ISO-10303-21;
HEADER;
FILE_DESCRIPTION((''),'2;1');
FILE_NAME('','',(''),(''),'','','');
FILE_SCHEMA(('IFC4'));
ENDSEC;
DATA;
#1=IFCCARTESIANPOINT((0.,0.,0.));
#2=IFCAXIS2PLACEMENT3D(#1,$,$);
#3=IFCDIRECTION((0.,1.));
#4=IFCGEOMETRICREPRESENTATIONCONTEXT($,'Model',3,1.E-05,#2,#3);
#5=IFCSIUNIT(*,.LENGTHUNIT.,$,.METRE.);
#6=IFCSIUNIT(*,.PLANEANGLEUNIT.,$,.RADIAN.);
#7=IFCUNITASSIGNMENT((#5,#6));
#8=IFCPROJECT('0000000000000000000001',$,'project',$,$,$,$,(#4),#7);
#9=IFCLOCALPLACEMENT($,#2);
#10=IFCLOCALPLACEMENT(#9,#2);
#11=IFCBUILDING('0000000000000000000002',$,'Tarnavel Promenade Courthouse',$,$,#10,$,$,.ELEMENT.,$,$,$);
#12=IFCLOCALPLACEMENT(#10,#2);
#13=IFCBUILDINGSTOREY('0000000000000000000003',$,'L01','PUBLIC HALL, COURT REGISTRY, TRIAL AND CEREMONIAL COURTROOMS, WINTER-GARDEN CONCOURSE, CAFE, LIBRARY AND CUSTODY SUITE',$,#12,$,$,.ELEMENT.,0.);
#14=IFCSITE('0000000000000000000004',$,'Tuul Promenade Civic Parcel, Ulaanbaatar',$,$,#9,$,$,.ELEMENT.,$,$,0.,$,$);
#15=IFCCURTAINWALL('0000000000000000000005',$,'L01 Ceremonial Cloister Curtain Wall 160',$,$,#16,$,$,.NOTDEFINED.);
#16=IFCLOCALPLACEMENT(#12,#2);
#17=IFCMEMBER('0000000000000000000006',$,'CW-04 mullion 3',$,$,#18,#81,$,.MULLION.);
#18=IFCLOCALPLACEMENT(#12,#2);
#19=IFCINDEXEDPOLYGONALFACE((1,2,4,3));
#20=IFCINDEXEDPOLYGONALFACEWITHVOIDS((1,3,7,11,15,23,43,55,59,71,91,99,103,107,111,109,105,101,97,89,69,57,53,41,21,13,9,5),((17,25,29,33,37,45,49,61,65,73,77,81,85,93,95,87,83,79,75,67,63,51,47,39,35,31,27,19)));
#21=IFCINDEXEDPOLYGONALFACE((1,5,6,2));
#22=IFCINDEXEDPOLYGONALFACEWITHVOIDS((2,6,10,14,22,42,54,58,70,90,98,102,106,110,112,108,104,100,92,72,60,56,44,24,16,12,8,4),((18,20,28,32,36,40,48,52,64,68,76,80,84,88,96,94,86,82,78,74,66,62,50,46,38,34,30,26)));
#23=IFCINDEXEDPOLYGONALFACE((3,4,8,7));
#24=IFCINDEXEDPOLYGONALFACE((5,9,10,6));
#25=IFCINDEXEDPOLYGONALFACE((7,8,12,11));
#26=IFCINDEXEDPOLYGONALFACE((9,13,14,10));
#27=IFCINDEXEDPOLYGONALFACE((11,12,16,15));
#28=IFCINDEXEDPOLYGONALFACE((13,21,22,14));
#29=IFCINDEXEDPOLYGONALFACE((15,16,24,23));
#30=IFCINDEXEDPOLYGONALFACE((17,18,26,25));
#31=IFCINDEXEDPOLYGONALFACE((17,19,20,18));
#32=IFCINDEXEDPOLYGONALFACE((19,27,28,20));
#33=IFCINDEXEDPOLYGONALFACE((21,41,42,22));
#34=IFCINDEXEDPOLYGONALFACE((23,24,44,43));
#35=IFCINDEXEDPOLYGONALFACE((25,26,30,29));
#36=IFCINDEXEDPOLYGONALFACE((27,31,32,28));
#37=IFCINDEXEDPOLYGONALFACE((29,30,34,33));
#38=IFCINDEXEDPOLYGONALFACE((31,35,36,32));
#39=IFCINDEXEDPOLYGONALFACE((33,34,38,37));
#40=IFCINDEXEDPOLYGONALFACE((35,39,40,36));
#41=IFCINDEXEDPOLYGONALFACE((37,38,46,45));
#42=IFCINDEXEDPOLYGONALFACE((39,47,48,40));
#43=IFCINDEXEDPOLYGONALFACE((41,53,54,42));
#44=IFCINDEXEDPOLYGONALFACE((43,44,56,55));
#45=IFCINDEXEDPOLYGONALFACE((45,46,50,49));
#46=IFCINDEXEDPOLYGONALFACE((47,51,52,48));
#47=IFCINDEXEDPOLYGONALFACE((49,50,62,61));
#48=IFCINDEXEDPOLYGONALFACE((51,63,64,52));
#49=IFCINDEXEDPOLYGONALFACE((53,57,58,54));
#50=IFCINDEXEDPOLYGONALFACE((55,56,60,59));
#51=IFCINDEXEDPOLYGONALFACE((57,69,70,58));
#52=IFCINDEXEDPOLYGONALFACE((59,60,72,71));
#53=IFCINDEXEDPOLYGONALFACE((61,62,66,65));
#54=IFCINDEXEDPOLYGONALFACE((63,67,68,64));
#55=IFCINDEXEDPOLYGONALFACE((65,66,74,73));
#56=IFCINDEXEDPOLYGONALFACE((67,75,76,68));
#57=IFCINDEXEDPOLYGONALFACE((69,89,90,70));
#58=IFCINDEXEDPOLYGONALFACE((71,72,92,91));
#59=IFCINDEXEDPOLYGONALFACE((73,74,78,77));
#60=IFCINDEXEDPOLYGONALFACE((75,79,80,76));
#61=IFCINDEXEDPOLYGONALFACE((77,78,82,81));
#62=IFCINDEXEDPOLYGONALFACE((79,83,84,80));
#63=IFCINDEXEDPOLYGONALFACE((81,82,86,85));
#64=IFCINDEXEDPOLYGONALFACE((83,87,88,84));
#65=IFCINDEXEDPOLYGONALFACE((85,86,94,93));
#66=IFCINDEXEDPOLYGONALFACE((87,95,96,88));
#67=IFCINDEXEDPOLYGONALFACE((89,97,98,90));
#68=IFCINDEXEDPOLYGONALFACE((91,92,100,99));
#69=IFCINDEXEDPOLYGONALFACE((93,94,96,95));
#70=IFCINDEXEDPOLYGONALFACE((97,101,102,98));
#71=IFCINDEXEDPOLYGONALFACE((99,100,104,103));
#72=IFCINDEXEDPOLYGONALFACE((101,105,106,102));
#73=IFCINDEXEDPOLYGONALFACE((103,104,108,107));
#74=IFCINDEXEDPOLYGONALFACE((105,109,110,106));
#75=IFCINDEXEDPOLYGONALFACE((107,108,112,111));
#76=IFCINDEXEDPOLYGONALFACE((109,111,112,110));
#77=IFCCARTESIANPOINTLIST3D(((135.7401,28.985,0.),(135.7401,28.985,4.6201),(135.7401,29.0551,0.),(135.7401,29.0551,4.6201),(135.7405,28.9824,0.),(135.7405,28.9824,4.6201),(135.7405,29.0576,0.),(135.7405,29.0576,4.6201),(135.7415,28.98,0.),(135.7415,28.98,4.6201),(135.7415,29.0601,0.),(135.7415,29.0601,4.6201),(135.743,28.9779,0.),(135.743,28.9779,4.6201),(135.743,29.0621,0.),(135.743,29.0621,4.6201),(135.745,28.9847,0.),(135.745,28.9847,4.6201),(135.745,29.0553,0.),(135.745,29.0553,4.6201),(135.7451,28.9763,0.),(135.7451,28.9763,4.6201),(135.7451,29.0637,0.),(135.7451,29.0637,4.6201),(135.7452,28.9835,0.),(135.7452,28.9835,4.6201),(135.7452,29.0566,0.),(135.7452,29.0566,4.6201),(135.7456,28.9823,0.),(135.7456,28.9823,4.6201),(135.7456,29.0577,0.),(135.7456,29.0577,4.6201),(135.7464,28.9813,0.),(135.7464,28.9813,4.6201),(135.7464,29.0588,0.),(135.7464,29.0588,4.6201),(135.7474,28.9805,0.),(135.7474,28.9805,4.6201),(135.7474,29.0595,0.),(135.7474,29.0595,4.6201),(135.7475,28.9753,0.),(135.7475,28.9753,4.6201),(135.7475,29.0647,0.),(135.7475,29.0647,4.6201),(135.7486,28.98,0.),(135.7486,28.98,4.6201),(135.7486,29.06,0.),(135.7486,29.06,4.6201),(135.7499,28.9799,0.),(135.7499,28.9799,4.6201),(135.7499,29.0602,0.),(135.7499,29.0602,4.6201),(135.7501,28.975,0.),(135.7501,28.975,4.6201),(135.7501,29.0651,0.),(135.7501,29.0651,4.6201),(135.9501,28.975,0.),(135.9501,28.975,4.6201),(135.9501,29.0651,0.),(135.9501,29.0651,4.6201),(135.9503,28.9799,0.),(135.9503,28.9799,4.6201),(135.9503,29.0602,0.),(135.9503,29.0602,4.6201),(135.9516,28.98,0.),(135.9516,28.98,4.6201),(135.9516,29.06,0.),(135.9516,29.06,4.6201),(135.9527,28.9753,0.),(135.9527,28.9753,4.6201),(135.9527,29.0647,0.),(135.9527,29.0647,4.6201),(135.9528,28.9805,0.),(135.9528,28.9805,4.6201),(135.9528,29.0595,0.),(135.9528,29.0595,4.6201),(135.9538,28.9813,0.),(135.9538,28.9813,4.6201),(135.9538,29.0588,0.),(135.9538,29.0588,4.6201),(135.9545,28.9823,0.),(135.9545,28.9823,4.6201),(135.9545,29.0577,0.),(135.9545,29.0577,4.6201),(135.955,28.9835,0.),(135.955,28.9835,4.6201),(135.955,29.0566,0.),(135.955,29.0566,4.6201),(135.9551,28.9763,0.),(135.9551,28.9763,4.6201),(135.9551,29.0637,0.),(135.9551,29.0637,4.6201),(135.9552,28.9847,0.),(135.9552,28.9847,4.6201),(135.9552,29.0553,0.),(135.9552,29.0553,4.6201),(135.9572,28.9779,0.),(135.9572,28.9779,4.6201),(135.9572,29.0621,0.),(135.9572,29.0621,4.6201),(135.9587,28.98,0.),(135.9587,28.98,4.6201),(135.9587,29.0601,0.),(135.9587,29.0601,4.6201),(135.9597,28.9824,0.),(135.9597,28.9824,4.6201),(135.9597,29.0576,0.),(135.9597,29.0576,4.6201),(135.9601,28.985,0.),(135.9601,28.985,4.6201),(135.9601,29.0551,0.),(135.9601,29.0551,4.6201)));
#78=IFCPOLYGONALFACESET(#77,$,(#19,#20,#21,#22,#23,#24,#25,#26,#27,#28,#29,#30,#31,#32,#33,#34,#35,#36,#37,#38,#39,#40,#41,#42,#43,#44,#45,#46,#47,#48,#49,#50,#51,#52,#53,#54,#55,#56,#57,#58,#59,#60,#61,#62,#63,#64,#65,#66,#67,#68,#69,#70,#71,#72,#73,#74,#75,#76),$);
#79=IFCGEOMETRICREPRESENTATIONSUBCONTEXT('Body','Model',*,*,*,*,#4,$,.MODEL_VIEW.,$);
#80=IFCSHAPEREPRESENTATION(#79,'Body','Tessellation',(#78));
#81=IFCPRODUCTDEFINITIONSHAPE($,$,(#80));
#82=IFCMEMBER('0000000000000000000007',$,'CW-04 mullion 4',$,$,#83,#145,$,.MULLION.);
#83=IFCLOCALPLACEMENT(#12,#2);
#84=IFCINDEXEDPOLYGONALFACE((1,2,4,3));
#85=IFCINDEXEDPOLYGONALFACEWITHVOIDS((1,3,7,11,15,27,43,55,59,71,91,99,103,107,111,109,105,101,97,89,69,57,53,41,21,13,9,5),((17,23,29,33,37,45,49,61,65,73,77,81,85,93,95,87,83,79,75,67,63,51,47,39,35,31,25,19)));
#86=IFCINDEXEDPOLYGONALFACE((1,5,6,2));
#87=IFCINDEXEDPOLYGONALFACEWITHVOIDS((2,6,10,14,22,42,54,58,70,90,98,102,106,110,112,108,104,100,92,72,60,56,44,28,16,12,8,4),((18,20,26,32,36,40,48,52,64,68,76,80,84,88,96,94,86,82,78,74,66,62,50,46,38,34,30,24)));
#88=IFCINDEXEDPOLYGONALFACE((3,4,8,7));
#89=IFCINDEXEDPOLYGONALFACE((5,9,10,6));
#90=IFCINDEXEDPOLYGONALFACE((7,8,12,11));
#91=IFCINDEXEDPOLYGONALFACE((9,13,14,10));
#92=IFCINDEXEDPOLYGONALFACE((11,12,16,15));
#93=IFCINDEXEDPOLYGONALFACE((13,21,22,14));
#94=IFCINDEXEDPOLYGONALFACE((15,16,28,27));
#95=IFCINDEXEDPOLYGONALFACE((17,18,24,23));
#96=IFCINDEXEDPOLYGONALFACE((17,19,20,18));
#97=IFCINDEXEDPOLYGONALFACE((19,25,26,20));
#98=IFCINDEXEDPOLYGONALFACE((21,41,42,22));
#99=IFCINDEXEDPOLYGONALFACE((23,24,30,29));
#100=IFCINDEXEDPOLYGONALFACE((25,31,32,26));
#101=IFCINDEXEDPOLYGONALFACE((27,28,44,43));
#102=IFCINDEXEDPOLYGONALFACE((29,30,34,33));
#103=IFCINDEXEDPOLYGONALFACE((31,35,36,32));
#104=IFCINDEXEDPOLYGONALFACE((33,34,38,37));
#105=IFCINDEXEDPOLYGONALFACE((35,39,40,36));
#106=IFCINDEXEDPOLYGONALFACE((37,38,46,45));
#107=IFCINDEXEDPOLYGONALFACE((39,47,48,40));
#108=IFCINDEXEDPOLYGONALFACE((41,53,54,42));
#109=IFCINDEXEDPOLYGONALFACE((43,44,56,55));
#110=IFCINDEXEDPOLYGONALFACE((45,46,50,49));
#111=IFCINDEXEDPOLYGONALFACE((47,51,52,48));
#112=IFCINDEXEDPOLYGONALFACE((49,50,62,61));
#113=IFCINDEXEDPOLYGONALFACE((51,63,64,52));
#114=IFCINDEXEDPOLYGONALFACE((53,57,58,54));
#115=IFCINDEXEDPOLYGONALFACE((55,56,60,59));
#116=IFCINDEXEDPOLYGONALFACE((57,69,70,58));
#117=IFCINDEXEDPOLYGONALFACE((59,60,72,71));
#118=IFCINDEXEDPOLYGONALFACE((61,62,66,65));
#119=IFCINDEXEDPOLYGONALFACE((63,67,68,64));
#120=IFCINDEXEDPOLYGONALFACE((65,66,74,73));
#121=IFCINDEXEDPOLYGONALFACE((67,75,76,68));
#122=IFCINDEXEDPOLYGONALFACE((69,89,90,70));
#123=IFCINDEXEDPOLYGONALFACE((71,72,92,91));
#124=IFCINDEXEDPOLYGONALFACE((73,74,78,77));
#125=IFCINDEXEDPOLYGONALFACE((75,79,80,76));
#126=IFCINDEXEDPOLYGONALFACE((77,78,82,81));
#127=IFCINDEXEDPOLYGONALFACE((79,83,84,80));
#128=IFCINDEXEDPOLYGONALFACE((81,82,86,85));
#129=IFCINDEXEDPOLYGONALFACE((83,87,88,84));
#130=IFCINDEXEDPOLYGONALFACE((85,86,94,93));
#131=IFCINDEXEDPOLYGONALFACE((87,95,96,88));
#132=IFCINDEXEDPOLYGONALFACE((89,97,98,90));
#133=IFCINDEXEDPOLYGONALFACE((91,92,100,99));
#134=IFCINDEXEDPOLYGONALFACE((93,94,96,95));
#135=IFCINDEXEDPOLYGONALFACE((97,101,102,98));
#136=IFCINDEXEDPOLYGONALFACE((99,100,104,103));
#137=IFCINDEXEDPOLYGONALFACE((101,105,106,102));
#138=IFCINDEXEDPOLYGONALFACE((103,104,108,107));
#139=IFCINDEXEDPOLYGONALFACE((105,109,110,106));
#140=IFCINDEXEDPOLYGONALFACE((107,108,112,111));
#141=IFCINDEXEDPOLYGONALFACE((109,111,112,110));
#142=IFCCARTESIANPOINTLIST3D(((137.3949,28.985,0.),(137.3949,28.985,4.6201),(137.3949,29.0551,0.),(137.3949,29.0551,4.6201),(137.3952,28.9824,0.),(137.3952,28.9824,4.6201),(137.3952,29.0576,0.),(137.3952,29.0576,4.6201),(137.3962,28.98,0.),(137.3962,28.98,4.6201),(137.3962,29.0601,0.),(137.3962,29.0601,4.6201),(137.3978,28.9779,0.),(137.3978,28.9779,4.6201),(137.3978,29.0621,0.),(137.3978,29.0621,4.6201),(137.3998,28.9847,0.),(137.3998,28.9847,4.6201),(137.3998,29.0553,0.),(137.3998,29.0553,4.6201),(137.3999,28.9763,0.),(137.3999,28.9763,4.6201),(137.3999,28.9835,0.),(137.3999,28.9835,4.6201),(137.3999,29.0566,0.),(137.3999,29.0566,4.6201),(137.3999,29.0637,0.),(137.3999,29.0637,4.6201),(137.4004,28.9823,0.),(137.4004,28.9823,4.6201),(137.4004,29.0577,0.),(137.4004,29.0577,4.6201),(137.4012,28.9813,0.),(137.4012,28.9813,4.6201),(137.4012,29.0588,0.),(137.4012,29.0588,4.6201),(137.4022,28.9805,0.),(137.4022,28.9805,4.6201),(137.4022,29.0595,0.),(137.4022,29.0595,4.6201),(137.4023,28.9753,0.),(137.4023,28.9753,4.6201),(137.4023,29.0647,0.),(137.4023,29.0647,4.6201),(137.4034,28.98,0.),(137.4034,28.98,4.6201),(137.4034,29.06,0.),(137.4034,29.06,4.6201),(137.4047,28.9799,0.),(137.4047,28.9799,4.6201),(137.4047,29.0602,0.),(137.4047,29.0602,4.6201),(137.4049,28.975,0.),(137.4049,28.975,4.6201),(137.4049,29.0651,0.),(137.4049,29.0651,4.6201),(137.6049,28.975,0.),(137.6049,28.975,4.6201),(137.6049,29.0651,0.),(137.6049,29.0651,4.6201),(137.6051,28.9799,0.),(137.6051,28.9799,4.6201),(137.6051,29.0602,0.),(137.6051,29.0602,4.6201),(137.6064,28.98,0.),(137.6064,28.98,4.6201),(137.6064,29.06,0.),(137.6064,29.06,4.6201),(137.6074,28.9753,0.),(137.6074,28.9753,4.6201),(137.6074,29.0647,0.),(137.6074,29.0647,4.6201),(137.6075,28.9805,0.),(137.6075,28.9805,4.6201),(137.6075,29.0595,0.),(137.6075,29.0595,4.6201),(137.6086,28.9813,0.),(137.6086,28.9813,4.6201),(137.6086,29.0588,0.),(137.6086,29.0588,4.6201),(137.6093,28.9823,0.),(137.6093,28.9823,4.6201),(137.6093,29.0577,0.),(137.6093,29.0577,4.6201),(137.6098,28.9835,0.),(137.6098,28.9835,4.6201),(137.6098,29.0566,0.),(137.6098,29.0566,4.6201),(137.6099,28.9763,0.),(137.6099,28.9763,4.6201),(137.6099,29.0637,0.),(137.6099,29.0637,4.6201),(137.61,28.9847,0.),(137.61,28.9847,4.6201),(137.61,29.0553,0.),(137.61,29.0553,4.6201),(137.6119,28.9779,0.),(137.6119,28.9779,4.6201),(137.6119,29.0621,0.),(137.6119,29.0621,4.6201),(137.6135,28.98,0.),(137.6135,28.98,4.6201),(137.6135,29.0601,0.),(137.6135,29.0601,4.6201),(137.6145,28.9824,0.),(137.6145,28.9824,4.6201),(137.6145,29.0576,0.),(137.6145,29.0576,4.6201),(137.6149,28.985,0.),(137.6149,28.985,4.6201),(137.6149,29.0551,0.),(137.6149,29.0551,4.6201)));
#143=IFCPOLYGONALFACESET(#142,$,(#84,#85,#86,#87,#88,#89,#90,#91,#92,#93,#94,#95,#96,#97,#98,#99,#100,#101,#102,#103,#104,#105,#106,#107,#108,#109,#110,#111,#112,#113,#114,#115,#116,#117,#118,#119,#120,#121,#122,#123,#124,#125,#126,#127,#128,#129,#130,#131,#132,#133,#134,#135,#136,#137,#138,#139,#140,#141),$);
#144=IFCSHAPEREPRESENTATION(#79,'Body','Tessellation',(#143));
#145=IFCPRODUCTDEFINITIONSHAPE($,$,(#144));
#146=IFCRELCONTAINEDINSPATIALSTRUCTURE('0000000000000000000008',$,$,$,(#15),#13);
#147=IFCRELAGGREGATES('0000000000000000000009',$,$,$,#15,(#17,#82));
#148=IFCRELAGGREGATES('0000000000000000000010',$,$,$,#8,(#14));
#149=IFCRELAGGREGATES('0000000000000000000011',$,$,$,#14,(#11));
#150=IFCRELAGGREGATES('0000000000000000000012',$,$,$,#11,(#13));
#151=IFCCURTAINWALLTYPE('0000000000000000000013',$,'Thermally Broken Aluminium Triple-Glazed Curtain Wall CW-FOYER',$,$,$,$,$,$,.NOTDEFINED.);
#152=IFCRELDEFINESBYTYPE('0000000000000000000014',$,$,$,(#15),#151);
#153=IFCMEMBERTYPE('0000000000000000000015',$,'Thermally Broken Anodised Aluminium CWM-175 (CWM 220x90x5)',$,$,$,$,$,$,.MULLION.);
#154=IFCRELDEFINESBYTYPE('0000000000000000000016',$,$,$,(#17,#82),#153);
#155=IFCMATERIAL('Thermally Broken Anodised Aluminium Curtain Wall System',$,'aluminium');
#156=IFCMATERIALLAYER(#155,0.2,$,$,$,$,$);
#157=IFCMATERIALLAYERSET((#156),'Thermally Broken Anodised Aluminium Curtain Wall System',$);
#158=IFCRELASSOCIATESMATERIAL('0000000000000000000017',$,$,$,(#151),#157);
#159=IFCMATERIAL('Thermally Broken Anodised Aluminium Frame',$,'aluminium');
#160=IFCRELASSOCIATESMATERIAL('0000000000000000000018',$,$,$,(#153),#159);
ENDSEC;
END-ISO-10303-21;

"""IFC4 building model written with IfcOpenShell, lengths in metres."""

from ifc_helpers import new_model, si_unit, direction, frame, origin, origin_2d, place, context, subcontext, project, spatial, hollow_rectangle, extrude, material, layer, layer_set, material_profile, profile_set, type_object, element, aggregate, save


model = new_model("IFC4")

# Units and contexts
model_context = context("Model", 3, precision=1e-05, world=origin(), true_north=direction((0.0, 1.0)))
body_context = subcontext(model_context, "Body", "Model", "MODEL_VIEW")
ifc_project = project(units=[si_unit("LENGTHUNIT", "METRE"), si_unit("PLANEANGLEUNIT", "RADIAN")], contexts=[model_context])

# Site, building, storey
site_placement = place(None, origin())
site = spatial("IfcSite", under=ifc_project, at=site_placement, Name="Tuul Promenade Civic Parcel, Ulaanbaatar", CompositionType="ELEMENT", RefElevation=0.0)
building_placement = place(site_placement, origin())
building = spatial("IfcBuilding", under=site, at=building_placement, Name="Tarnavel Promenade Courthouse", CompositionType="ELEMENT")
storey_placement = place(building_placement, origin())
storey = spatial("IfcBuildingStorey", under=building, at=storey_placement, Name="L01", Description="PUBLIC HALL, COURT REGISTRY, TRIAL AND CEREMONIAL COURTROOMS, WINTER-GARDEN CONCOURSE, CAFE, LIBRARY AND CUSTODY SUITE", CompositionType="ELEMENT", Elevation=0.0)

# Curtain wall, members
ifc_material_1 = material(Name="Thermally Broken Anodised Aluminium Curtain Wall System", Category="aluminium")
ifc_layer_1 = layer(ifc_material_1, 0.2)
ifc_layer_set_1 = layer_set([ifc_layer_1], Name="Thermally Broken Anodised Aluminium Curtain Wall System")
curtain_wall_type = type_object("IfcCurtainWallType", Name="Thermally Broken Aluminium Triple-Glazed Curtain Wall CW-FOYER", PredefinedType="NOTDEFINED", material=ifc_layer_set_1)
curtain_wall_1_placement = place(storey_placement, origin())
curtain_wall_1 = element("IfcCurtainWall", 1, at=curtain_wall_1_placement, inside=storey, type_object=curtain_wall_type, Name="L01 Ceremonial Cloister Curtain Wall 160", PredefinedType="NOTDEFINED")
ifc_material_2 = material(Name="Thermally Broken Anodised Aluminium Frame", Category="aluminium")
ifc_material_profile_1 = material_profile(ifc_material_2, hollow_rectangle(XDim=0.0901, YDim=0.22, WallThickness=0.0049, InnerFilletRadius=0.0049, OuterFilletRadius=0.01, at=origin_2d()), Name="CWM 220x90x5")
ifc_profile_set_1 = profile_set([ifc_material_profile_1], Name="Thermally Broken Anodised Aluminium Frame")
member_type_1 = type_object("IfcMemberType", Name="Thermally Broken Anodised Aluminium CWM-175 (CWM 220x90x5)", PredefinedType="MULLION", material=ifc_profile_set_1)
member_1_placement = place(storey_placement, frame((135.8501, 29.02, 0.0), z_axis=(0.0, 0.0, 1.0), x_axis=(0.0, 1.0, 0.0)))
member_1 = element("IfcMember", 2, at=member_1_placement, type_object=member_type_1, Name="CW-04 mullion 3", PredefinedType="MULLION", context=body_context, shape_type="SweptSolid", body=[
    extrude(hollow_rectangle(XDim=0.0901, YDim=0.22, WallThickness=0.0049, InnerFilletRadius=0.0049, OuterFilletRadius=0.01, at=origin_2d()), origin(), (0.0, 0.0, 1.0), 4.6201),
])
member_2_placement = place(storey_placement, frame((137.5049, 29.02, 0.0), z_axis=(0.0, 0.0, 1.0), x_axis=(0.0, 1.0, 0.0)))
member_2 = element("IfcMember", 3, at=member_2_placement, type_object=member_type_1, Name="CW-04 mullion 4", PredefinedType="MULLION", context=body_context, shape_type="SweptSolid", body=[
    extrude(hollow_rectangle(XDim=0.0901, YDim=0.22, WallThickness=0.0049, InnerFilletRadius=0.0049, OuterFilletRadius=0.01, at=origin_2d()), origin(), (0.0, 0.0, 1.0), 4.6201),
])

aggregate(curtain_wall_1, [member_1, member_2])

save(model, "model.ifc")
